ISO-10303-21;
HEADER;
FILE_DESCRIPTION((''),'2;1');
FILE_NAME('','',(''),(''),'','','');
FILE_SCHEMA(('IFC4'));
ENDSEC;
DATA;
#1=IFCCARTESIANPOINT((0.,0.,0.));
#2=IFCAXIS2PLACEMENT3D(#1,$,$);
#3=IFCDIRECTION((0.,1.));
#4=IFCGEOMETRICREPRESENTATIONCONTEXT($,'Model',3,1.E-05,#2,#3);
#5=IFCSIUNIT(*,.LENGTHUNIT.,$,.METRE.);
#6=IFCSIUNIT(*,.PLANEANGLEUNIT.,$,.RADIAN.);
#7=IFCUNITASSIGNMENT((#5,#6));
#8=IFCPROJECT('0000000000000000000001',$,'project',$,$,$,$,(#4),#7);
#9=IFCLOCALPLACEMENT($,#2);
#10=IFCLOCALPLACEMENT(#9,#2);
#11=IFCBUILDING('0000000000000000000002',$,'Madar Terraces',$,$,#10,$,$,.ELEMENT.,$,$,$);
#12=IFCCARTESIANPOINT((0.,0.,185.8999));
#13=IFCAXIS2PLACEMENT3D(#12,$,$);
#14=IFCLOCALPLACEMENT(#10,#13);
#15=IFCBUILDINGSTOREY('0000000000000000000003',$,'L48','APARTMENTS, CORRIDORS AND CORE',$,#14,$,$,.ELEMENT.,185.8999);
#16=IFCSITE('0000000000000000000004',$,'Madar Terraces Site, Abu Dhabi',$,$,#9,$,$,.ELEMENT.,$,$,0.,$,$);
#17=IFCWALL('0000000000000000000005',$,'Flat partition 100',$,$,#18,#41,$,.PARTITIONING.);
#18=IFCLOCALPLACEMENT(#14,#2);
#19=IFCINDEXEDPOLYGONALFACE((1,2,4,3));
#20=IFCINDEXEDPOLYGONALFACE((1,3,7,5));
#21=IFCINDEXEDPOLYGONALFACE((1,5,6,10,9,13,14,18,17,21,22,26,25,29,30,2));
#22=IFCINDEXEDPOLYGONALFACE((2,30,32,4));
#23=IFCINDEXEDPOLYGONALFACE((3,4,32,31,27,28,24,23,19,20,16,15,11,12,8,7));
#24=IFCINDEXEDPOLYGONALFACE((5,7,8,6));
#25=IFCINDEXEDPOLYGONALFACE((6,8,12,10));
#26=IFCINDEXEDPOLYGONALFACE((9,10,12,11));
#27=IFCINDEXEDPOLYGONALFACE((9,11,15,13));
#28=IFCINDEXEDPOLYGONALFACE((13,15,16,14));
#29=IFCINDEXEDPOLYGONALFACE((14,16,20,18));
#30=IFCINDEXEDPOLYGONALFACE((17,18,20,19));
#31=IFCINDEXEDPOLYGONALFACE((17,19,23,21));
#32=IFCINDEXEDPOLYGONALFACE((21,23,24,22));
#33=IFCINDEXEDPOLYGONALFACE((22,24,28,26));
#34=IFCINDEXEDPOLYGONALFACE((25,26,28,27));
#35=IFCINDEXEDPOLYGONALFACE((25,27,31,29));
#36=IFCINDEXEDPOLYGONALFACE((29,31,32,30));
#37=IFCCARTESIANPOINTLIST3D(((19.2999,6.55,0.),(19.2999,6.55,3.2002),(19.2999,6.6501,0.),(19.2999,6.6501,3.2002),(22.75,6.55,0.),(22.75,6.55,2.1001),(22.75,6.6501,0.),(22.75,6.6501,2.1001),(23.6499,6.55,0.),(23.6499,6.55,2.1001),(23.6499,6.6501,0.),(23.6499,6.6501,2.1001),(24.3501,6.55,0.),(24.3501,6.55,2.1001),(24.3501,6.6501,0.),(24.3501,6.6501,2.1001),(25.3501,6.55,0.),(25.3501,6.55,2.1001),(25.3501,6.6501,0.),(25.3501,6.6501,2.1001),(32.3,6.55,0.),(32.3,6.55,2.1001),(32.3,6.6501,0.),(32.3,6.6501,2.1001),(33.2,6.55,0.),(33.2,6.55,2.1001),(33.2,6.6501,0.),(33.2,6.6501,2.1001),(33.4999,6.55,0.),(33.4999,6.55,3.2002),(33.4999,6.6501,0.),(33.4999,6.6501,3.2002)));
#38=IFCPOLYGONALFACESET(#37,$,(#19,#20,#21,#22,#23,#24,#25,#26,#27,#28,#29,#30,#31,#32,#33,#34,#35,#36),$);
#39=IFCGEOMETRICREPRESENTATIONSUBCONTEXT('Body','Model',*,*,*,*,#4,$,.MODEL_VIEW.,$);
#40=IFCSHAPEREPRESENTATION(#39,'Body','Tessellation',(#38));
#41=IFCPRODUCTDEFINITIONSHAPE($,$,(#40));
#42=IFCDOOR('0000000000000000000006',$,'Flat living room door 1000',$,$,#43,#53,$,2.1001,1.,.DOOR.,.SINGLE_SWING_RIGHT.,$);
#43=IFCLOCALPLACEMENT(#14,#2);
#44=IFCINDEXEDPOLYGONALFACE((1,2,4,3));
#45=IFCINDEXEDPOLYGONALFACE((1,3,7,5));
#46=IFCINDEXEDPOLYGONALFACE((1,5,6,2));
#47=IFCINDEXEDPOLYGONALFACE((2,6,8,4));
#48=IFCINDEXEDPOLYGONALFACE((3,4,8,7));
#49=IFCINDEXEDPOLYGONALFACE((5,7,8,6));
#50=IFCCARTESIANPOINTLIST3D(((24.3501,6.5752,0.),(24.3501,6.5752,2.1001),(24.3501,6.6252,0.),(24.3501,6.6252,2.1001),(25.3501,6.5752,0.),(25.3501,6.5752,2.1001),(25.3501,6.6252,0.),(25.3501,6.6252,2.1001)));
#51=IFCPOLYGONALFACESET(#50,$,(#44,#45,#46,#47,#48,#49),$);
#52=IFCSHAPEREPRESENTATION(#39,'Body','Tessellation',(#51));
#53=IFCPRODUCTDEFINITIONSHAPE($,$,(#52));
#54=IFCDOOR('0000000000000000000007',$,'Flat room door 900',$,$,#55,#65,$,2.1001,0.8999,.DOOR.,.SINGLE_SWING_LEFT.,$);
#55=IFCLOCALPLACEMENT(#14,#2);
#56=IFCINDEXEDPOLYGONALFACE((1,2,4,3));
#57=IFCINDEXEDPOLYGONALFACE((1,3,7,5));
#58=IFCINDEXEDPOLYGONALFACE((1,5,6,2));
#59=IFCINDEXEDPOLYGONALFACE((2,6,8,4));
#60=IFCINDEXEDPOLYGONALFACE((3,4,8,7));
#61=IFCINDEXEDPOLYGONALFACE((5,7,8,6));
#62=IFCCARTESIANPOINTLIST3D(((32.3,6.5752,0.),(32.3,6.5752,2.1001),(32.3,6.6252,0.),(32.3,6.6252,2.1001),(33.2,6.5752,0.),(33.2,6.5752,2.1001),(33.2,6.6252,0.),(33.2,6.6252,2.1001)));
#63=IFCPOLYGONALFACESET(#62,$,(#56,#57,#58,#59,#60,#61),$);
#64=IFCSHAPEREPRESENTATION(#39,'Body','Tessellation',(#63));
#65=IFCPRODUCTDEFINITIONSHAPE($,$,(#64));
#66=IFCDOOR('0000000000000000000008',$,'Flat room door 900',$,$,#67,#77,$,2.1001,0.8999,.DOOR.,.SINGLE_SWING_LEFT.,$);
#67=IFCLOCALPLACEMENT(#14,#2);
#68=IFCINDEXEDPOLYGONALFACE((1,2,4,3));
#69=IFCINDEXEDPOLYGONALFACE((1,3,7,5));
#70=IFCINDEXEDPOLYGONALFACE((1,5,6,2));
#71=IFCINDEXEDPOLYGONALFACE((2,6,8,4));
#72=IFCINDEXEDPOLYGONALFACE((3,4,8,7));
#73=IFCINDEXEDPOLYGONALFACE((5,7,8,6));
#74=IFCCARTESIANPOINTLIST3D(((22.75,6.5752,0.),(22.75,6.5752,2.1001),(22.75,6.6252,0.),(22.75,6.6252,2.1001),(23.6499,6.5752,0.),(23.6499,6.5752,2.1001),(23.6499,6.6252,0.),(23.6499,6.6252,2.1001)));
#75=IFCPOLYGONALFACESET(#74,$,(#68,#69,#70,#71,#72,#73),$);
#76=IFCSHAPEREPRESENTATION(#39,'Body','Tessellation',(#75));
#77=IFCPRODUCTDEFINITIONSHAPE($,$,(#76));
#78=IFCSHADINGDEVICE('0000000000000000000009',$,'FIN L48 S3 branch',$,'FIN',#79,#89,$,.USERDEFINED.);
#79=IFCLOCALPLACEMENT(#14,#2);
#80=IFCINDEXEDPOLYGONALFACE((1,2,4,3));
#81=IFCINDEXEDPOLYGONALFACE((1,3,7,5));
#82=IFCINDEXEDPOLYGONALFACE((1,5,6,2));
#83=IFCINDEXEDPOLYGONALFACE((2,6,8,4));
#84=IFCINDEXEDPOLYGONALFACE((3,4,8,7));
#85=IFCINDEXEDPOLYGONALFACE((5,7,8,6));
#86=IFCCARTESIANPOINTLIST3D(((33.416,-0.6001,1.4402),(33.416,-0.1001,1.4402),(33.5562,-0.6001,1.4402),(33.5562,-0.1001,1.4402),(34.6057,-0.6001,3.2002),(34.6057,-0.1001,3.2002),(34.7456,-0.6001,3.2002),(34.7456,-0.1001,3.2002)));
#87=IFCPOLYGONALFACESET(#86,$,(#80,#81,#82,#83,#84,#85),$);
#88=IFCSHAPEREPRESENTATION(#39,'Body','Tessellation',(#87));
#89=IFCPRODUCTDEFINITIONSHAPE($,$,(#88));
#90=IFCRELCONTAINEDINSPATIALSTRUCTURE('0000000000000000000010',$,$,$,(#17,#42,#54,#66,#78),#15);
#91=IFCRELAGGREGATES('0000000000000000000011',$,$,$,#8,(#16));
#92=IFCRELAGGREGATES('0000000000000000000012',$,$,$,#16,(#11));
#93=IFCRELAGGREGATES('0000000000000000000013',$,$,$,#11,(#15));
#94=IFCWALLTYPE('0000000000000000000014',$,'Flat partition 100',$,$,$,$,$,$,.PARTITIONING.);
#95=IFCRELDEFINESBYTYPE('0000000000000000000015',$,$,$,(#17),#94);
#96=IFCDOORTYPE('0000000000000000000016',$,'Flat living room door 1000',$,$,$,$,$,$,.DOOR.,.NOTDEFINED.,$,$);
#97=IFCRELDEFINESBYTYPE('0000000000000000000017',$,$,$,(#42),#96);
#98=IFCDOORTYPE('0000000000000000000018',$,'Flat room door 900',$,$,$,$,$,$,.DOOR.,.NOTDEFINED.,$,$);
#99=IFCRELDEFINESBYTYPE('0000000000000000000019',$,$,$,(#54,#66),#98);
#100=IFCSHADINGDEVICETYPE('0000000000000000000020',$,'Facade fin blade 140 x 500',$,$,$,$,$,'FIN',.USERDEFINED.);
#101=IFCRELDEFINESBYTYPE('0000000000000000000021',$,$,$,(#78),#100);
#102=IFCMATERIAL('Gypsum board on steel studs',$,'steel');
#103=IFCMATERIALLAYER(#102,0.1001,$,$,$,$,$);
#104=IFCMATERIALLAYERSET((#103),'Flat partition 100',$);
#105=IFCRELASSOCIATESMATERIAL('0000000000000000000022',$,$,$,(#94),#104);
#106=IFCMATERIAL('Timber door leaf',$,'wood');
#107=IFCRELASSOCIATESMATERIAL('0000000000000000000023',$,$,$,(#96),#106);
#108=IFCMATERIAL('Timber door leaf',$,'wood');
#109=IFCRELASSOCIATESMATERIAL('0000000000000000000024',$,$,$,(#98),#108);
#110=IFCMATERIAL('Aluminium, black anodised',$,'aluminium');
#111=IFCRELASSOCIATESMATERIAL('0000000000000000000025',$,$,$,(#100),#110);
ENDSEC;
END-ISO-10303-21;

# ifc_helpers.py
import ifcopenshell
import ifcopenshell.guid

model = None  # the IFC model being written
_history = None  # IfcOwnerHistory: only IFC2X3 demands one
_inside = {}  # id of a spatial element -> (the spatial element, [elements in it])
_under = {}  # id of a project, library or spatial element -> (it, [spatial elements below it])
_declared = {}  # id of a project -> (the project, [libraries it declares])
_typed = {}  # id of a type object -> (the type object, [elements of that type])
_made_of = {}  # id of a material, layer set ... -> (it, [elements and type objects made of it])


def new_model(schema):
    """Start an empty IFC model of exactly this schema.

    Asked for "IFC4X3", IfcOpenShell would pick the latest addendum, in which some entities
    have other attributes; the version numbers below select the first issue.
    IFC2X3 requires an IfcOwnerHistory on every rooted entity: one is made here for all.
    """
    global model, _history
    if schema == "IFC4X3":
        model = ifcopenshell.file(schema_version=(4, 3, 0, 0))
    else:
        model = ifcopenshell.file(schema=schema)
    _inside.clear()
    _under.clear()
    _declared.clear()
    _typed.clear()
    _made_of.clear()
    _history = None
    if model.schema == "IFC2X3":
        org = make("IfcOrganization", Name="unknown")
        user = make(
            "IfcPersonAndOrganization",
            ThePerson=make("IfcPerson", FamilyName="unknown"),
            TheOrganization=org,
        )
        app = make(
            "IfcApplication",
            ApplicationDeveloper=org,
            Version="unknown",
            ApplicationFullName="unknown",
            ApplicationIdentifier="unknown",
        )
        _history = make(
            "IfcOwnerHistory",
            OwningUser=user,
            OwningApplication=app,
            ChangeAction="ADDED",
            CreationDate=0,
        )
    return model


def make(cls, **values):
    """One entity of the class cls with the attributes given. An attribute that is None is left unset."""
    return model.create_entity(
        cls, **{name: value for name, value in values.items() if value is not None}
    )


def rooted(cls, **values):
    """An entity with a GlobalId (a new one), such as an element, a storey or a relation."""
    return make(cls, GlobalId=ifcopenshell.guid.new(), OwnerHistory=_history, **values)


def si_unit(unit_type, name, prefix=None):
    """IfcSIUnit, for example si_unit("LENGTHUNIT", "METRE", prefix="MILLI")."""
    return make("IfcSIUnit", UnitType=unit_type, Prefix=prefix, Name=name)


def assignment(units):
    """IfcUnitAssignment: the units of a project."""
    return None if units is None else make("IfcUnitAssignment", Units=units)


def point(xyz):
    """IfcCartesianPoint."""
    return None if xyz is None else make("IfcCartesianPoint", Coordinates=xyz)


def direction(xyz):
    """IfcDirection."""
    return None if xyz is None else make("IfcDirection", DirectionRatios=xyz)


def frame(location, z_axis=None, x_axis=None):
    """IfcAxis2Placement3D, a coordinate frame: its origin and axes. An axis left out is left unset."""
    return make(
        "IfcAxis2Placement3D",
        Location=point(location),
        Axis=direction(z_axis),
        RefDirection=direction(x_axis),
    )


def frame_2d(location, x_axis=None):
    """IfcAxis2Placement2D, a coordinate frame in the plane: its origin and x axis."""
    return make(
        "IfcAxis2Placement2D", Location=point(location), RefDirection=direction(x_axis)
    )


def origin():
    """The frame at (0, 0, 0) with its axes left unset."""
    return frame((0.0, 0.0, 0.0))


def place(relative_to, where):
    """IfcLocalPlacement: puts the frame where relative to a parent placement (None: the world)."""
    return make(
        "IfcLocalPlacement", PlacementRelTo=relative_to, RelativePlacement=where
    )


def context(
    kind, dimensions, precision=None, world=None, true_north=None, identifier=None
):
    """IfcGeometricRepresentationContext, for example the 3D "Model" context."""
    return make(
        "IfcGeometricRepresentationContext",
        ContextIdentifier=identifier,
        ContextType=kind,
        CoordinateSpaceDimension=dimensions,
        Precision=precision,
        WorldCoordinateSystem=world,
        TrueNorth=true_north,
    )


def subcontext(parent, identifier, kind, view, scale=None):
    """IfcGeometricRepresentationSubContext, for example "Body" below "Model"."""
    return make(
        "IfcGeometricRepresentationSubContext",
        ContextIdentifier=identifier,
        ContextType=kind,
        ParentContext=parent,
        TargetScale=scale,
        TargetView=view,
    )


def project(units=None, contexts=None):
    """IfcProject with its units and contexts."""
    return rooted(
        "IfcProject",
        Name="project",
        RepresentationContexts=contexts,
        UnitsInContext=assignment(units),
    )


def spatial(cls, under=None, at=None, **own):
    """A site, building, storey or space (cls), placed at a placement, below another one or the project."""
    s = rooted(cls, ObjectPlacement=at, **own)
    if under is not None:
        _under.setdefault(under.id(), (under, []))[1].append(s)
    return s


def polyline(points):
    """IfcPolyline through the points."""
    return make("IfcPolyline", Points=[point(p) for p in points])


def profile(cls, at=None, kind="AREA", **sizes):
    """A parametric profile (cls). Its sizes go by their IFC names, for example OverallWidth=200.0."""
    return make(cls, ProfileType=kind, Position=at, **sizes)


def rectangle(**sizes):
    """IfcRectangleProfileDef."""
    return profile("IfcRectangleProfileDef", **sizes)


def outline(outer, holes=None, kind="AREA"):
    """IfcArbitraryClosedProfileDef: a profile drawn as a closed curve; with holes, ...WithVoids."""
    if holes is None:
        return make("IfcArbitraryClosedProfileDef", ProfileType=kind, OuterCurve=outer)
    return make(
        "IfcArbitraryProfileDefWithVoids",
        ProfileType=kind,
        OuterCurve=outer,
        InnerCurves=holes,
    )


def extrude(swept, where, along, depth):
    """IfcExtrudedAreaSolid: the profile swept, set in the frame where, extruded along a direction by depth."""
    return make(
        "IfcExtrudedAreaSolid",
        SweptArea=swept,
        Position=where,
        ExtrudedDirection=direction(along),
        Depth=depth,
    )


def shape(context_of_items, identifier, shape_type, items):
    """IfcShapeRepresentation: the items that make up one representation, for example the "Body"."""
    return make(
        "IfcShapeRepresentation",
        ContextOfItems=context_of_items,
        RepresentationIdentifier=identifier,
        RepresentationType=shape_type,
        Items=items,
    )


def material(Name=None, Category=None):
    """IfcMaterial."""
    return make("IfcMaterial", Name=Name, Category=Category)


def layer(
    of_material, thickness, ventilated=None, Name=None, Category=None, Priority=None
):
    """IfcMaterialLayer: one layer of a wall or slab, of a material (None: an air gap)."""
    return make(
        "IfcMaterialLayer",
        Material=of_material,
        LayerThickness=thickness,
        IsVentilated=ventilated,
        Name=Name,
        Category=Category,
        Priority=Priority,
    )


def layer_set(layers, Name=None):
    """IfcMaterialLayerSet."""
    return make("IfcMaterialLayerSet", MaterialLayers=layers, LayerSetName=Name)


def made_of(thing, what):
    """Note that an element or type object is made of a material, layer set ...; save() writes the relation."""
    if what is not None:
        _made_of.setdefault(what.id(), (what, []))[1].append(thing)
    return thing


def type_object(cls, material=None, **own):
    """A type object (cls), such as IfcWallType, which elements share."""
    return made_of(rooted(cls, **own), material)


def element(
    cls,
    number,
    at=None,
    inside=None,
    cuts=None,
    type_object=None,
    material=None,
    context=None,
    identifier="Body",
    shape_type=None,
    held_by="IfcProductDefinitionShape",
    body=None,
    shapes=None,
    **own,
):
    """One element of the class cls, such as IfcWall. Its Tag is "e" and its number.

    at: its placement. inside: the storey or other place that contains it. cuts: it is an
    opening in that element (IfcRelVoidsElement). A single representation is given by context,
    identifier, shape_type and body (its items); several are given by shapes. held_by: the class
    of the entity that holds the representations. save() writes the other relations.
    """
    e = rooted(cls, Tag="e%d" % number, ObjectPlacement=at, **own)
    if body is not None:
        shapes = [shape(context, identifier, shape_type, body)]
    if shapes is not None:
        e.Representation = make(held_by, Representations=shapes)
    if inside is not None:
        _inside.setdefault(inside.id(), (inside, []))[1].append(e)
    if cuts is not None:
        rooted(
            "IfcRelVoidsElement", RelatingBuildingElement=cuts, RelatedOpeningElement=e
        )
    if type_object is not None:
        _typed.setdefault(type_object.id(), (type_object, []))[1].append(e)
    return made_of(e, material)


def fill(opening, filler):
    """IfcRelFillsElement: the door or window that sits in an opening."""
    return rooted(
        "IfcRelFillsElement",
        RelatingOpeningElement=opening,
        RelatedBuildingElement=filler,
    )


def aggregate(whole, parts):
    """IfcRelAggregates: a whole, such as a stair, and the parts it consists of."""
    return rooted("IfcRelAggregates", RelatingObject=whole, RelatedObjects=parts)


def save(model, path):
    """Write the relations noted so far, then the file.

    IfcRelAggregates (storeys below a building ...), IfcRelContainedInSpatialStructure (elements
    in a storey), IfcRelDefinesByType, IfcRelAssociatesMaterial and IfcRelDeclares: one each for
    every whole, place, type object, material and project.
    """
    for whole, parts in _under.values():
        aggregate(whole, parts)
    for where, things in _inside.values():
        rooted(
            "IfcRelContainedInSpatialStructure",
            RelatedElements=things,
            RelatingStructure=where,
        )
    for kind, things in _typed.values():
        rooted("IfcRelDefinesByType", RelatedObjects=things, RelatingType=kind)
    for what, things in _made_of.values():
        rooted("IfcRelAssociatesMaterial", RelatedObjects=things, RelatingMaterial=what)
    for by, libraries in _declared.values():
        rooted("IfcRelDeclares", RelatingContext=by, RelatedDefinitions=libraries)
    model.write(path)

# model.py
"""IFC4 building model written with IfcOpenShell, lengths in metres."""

from ifc_helpers import new_model, si_unit, direction, frame, frame_2d, origin, place, context, subcontext, project, spatial, polyline, rectangle, outline, extrude, material, layer, layer_set, type_object, element, fill, save


model = new_model("IFC4")

# Units and contexts
model_context = context("Model", 3, precision=1e-05, world=origin(), true_north=direction((0.0, 1.0)))
body_context = subcontext(model_context, "Body", "Model", "MODEL_VIEW")
ifc_project = project(units=[si_unit("LENGTHUNIT", "METRE"), si_unit("PLANEANGLEUNIT", "RADIAN")], contexts=[model_context])

# Site, building, storey
site_placement = place(None, origin())
site = spatial("IfcSite", under=ifc_project, at=site_placement, Name="Madar Terraces Site, Abu Dhabi", CompositionType="ELEMENT", RefElevation=0.0)
building_placement = place(site_placement, origin())
building = spatial("IfcBuilding", under=site, at=building_placement, Name="Madar Terraces", CompositionType="ELEMENT")
storey_placement = place(building_placement, frame((0.0, 0.0, 185.8999)))
storey = spatial("IfcBuildingStorey", under=building, at=storey_placement, Name="L48", Description="APARTMENTS, CORRIDORS AND CORE", CompositionType="ELEMENT", Elevation=185.8999)

# Shared definitions
ifc_material_1 = material(Name="Gypsum board on steel studs", Category="steel")
ifc_layer_1 = layer(ifc_material_1, 0.1001)
ifc_layer_set_1 = layer_set([ifc_layer_1], Name="Flat partition 100")
wall_type_1 = type_object("IfcWallType", Name="Flat partition 100", PredefinedType="PARTITIONING", material=ifc_layer_set_1)

# Wall, openings, doors
wall_1_placement = place(storey_placement, frame((33.5, 6.6001, 0.0), z_axis=(0.0, 0.0, 1.0), x_axis=(-1.0, 0.0, 0.0)))
wall_1 = element("IfcWall", 1, at=wall_1_placement, inside=storey, type_object=wall_type_1, Name="Flat partition 100", PredefinedType="PARTITIONING", context=body_context, shape_type="SweptSolid", body=[
    extrude(rectangle(XDim=14.2, YDim=0.1001, at=frame_2d((7.1001, 0.0))), origin(), (0.0, 0.0, 1.0), 3.2002),
])
opening_1_placement = place(wall_1_placement, frame((0.3, 0.0, 0.0)))
opening_1 = element("IfcOpeningElement", 2, at=opening_1_placement, cuts=wall_1, PredefinedType="OPENING", context=body_context, shape_type="SweptSolid", body=[
    extrude(rectangle(XDim=0.8999, YDim=2.1001, at=frame_2d((0.45, 1.05))), frame((0.0, 0.0601, 0.0), z_axis=(0.0, -1.0, 0.0), x_axis=(1.0, 0.0, 0.0)), (0.0, 0.0, 1.0), 0.1201),
])
opening_2_placement = place(wall_1_placement, frame((8.1499, 0.0, 0.0)))
opening_2 = element("IfcOpeningElement", 3, at=opening_2_placement, cuts=wall_1, PredefinedType="OPENING", context=body_context, shape_type="SweptSolid", body=[
    extrude(rectangle(XDim=1.0, YDim=2.1001, at=frame_2d((0.5, 1.05))), frame((0.0, 0.0601, 0.0), z_axis=(0.0, -1.0, 0.0), x_axis=(1.0, 0.0, 0.0)), (0.0, 0.0, 1.0), 0.1201),
])
opening_3_placement = place(wall_1_placement, frame((9.8501, 0.0, 0.0)))
opening_3 = element("IfcOpeningElement", 4, at=opening_3_placement, cuts=wall_1, PredefinedType="OPENING", context=body_context, shape_type="SweptSolid", body=[
    extrude(rectangle(XDim=0.8999, YDim=2.1001, at=frame_2d((0.45, 1.05))), frame((0.0, 0.0601, 0.0), z_axis=(0.0, -1.0, 0.0), x_axis=(1.0, 0.0, 0.0)), (0.0, 0.0, 1.0), 0.1201),
])
ifc_material_2 = material(Name="Timber door leaf", Category="wood")
door_type_1 = type_object("IfcDoorType", Name="Flat living room door 1000", OperationType="NOTDEFINED", PredefinedType="DOOR", material=ifc_material_2)
door_1_placement = place(opening_2_placement, origin())
door_1 = element("IfcDoor", 5, at=door_1_placement, inside=storey, type_object=door_type_1, Name="Flat living room door 1000", OperationType="SINGLE_SWING_RIGHT", OverallHeight=2.1001, OverallWidth=1.0, PredefinedType="DOOR", context=body_context, shape_type="SweptSolid", body=[
    extrude(rectangle(XDim=1.0, YDim=2.1001, at=frame_2d((0.5, 1.05))), frame((0.0, 0.0249, 0.0), z_axis=(0.0, -1.0, 0.0), x_axis=(1.0, 0.0, 0.0)), (0.0, 0.0, 1.0), 0.05),
])
fill(opening_2, door_1)
ifc_material_3 = material(Name="Timber door leaf", Category="wood")
door_type_2 = type_object("IfcDoorType", Name="Flat room door 900", OperationType="NOTDEFINED", PredefinedType="DOOR", material=ifc_material_3)
door_2_placement = place(opening_1_placement, origin())
door_2 = element("IfcDoor", 6, at=door_2_placement, inside=storey, type_object=door_type_2, Name="Flat room door 900", OperationType="SINGLE_SWING_LEFT", OverallHeight=2.1001, OverallWidth=0.8999, PredefinedType="DOOR", context=body_context, shape_type="SweptSolid", body=[
    extrude(rectangle(XDim=0.8999, YDim=2.1001, at=frame_2d((0.45, 1.05))), frame((0.0, 0.0249, 0.0), z_axis=(0.0, -1.0, 0.0), x_axis=(1.0, 0.0, 0.0)), (0.0, 0.0, 1.0), 0.05),
])
fill(opening_1, door_2)
door_3_placement = place(opening_3_placement, origin())
door_3 = element("IfcDoor", 7, at=door_3_placement, inside=storey, type_object=door_type_2, Name="Flat room door 900", OperationType="SINGLE_SWING_LEFT", OverallHeight=2.1001, OverallWidth=0.8999, PredefinedType="DOOR", context=body_context, shape_type="SweptSolid", body=[
    extrude(rectangle(XDim=0.8999, YDim=2.1001, at=frame_2d((0.45, 1.05))), frame((0.0, 0.0249, 0.0), z_axis=(0.0, -1.0, 0.0), x_axis=(1.0, 0.0, 0.0)), (0.0, 0.0, 1.0), 0.05),
])
fill(opening_3, door_3)

# Shading device
ifc_material_4 = material(Name="Aluminium, black anodised", Category="aluminium")
shading_device_type = type_object("IfcShadingDeviceType", Name="Facade fin blade 140 x 500", ElementType="FIN", PredefinedType="USERDEFINED", material=ifc_material_4)
shading_device_placement = place(storey_placement, frame((33.416, -0.3501, 1.4402), z_axis=(0.0, 0.0, 1.0), x_axis=(1.0, 0.0, 0.0)))
element("IfcShadingDevice", 8, at=shading_device_placement, inside=storey, type_object=shading_device_type, Name="FIN L48 S3 branch", ObjectType="FIN", PredefinedType="USERDEFINED", context=body_context, shape_type="SweptSolid", body=[
    extrude(outline(polyline([(0.0, 0.0), (0.1401, 0.0), (1.3296, 1.76), (1.1897, 1.76), (0.0, 0.0)])), frame((0.0, 0.25, 0.0), z_axis=(0.0, -1.0, 0.0), x_axis=(1.0, 0.0, 0.0)), (0.0, 0.0, 1.0), 0.5),
])

save(model, "model.ifc")
